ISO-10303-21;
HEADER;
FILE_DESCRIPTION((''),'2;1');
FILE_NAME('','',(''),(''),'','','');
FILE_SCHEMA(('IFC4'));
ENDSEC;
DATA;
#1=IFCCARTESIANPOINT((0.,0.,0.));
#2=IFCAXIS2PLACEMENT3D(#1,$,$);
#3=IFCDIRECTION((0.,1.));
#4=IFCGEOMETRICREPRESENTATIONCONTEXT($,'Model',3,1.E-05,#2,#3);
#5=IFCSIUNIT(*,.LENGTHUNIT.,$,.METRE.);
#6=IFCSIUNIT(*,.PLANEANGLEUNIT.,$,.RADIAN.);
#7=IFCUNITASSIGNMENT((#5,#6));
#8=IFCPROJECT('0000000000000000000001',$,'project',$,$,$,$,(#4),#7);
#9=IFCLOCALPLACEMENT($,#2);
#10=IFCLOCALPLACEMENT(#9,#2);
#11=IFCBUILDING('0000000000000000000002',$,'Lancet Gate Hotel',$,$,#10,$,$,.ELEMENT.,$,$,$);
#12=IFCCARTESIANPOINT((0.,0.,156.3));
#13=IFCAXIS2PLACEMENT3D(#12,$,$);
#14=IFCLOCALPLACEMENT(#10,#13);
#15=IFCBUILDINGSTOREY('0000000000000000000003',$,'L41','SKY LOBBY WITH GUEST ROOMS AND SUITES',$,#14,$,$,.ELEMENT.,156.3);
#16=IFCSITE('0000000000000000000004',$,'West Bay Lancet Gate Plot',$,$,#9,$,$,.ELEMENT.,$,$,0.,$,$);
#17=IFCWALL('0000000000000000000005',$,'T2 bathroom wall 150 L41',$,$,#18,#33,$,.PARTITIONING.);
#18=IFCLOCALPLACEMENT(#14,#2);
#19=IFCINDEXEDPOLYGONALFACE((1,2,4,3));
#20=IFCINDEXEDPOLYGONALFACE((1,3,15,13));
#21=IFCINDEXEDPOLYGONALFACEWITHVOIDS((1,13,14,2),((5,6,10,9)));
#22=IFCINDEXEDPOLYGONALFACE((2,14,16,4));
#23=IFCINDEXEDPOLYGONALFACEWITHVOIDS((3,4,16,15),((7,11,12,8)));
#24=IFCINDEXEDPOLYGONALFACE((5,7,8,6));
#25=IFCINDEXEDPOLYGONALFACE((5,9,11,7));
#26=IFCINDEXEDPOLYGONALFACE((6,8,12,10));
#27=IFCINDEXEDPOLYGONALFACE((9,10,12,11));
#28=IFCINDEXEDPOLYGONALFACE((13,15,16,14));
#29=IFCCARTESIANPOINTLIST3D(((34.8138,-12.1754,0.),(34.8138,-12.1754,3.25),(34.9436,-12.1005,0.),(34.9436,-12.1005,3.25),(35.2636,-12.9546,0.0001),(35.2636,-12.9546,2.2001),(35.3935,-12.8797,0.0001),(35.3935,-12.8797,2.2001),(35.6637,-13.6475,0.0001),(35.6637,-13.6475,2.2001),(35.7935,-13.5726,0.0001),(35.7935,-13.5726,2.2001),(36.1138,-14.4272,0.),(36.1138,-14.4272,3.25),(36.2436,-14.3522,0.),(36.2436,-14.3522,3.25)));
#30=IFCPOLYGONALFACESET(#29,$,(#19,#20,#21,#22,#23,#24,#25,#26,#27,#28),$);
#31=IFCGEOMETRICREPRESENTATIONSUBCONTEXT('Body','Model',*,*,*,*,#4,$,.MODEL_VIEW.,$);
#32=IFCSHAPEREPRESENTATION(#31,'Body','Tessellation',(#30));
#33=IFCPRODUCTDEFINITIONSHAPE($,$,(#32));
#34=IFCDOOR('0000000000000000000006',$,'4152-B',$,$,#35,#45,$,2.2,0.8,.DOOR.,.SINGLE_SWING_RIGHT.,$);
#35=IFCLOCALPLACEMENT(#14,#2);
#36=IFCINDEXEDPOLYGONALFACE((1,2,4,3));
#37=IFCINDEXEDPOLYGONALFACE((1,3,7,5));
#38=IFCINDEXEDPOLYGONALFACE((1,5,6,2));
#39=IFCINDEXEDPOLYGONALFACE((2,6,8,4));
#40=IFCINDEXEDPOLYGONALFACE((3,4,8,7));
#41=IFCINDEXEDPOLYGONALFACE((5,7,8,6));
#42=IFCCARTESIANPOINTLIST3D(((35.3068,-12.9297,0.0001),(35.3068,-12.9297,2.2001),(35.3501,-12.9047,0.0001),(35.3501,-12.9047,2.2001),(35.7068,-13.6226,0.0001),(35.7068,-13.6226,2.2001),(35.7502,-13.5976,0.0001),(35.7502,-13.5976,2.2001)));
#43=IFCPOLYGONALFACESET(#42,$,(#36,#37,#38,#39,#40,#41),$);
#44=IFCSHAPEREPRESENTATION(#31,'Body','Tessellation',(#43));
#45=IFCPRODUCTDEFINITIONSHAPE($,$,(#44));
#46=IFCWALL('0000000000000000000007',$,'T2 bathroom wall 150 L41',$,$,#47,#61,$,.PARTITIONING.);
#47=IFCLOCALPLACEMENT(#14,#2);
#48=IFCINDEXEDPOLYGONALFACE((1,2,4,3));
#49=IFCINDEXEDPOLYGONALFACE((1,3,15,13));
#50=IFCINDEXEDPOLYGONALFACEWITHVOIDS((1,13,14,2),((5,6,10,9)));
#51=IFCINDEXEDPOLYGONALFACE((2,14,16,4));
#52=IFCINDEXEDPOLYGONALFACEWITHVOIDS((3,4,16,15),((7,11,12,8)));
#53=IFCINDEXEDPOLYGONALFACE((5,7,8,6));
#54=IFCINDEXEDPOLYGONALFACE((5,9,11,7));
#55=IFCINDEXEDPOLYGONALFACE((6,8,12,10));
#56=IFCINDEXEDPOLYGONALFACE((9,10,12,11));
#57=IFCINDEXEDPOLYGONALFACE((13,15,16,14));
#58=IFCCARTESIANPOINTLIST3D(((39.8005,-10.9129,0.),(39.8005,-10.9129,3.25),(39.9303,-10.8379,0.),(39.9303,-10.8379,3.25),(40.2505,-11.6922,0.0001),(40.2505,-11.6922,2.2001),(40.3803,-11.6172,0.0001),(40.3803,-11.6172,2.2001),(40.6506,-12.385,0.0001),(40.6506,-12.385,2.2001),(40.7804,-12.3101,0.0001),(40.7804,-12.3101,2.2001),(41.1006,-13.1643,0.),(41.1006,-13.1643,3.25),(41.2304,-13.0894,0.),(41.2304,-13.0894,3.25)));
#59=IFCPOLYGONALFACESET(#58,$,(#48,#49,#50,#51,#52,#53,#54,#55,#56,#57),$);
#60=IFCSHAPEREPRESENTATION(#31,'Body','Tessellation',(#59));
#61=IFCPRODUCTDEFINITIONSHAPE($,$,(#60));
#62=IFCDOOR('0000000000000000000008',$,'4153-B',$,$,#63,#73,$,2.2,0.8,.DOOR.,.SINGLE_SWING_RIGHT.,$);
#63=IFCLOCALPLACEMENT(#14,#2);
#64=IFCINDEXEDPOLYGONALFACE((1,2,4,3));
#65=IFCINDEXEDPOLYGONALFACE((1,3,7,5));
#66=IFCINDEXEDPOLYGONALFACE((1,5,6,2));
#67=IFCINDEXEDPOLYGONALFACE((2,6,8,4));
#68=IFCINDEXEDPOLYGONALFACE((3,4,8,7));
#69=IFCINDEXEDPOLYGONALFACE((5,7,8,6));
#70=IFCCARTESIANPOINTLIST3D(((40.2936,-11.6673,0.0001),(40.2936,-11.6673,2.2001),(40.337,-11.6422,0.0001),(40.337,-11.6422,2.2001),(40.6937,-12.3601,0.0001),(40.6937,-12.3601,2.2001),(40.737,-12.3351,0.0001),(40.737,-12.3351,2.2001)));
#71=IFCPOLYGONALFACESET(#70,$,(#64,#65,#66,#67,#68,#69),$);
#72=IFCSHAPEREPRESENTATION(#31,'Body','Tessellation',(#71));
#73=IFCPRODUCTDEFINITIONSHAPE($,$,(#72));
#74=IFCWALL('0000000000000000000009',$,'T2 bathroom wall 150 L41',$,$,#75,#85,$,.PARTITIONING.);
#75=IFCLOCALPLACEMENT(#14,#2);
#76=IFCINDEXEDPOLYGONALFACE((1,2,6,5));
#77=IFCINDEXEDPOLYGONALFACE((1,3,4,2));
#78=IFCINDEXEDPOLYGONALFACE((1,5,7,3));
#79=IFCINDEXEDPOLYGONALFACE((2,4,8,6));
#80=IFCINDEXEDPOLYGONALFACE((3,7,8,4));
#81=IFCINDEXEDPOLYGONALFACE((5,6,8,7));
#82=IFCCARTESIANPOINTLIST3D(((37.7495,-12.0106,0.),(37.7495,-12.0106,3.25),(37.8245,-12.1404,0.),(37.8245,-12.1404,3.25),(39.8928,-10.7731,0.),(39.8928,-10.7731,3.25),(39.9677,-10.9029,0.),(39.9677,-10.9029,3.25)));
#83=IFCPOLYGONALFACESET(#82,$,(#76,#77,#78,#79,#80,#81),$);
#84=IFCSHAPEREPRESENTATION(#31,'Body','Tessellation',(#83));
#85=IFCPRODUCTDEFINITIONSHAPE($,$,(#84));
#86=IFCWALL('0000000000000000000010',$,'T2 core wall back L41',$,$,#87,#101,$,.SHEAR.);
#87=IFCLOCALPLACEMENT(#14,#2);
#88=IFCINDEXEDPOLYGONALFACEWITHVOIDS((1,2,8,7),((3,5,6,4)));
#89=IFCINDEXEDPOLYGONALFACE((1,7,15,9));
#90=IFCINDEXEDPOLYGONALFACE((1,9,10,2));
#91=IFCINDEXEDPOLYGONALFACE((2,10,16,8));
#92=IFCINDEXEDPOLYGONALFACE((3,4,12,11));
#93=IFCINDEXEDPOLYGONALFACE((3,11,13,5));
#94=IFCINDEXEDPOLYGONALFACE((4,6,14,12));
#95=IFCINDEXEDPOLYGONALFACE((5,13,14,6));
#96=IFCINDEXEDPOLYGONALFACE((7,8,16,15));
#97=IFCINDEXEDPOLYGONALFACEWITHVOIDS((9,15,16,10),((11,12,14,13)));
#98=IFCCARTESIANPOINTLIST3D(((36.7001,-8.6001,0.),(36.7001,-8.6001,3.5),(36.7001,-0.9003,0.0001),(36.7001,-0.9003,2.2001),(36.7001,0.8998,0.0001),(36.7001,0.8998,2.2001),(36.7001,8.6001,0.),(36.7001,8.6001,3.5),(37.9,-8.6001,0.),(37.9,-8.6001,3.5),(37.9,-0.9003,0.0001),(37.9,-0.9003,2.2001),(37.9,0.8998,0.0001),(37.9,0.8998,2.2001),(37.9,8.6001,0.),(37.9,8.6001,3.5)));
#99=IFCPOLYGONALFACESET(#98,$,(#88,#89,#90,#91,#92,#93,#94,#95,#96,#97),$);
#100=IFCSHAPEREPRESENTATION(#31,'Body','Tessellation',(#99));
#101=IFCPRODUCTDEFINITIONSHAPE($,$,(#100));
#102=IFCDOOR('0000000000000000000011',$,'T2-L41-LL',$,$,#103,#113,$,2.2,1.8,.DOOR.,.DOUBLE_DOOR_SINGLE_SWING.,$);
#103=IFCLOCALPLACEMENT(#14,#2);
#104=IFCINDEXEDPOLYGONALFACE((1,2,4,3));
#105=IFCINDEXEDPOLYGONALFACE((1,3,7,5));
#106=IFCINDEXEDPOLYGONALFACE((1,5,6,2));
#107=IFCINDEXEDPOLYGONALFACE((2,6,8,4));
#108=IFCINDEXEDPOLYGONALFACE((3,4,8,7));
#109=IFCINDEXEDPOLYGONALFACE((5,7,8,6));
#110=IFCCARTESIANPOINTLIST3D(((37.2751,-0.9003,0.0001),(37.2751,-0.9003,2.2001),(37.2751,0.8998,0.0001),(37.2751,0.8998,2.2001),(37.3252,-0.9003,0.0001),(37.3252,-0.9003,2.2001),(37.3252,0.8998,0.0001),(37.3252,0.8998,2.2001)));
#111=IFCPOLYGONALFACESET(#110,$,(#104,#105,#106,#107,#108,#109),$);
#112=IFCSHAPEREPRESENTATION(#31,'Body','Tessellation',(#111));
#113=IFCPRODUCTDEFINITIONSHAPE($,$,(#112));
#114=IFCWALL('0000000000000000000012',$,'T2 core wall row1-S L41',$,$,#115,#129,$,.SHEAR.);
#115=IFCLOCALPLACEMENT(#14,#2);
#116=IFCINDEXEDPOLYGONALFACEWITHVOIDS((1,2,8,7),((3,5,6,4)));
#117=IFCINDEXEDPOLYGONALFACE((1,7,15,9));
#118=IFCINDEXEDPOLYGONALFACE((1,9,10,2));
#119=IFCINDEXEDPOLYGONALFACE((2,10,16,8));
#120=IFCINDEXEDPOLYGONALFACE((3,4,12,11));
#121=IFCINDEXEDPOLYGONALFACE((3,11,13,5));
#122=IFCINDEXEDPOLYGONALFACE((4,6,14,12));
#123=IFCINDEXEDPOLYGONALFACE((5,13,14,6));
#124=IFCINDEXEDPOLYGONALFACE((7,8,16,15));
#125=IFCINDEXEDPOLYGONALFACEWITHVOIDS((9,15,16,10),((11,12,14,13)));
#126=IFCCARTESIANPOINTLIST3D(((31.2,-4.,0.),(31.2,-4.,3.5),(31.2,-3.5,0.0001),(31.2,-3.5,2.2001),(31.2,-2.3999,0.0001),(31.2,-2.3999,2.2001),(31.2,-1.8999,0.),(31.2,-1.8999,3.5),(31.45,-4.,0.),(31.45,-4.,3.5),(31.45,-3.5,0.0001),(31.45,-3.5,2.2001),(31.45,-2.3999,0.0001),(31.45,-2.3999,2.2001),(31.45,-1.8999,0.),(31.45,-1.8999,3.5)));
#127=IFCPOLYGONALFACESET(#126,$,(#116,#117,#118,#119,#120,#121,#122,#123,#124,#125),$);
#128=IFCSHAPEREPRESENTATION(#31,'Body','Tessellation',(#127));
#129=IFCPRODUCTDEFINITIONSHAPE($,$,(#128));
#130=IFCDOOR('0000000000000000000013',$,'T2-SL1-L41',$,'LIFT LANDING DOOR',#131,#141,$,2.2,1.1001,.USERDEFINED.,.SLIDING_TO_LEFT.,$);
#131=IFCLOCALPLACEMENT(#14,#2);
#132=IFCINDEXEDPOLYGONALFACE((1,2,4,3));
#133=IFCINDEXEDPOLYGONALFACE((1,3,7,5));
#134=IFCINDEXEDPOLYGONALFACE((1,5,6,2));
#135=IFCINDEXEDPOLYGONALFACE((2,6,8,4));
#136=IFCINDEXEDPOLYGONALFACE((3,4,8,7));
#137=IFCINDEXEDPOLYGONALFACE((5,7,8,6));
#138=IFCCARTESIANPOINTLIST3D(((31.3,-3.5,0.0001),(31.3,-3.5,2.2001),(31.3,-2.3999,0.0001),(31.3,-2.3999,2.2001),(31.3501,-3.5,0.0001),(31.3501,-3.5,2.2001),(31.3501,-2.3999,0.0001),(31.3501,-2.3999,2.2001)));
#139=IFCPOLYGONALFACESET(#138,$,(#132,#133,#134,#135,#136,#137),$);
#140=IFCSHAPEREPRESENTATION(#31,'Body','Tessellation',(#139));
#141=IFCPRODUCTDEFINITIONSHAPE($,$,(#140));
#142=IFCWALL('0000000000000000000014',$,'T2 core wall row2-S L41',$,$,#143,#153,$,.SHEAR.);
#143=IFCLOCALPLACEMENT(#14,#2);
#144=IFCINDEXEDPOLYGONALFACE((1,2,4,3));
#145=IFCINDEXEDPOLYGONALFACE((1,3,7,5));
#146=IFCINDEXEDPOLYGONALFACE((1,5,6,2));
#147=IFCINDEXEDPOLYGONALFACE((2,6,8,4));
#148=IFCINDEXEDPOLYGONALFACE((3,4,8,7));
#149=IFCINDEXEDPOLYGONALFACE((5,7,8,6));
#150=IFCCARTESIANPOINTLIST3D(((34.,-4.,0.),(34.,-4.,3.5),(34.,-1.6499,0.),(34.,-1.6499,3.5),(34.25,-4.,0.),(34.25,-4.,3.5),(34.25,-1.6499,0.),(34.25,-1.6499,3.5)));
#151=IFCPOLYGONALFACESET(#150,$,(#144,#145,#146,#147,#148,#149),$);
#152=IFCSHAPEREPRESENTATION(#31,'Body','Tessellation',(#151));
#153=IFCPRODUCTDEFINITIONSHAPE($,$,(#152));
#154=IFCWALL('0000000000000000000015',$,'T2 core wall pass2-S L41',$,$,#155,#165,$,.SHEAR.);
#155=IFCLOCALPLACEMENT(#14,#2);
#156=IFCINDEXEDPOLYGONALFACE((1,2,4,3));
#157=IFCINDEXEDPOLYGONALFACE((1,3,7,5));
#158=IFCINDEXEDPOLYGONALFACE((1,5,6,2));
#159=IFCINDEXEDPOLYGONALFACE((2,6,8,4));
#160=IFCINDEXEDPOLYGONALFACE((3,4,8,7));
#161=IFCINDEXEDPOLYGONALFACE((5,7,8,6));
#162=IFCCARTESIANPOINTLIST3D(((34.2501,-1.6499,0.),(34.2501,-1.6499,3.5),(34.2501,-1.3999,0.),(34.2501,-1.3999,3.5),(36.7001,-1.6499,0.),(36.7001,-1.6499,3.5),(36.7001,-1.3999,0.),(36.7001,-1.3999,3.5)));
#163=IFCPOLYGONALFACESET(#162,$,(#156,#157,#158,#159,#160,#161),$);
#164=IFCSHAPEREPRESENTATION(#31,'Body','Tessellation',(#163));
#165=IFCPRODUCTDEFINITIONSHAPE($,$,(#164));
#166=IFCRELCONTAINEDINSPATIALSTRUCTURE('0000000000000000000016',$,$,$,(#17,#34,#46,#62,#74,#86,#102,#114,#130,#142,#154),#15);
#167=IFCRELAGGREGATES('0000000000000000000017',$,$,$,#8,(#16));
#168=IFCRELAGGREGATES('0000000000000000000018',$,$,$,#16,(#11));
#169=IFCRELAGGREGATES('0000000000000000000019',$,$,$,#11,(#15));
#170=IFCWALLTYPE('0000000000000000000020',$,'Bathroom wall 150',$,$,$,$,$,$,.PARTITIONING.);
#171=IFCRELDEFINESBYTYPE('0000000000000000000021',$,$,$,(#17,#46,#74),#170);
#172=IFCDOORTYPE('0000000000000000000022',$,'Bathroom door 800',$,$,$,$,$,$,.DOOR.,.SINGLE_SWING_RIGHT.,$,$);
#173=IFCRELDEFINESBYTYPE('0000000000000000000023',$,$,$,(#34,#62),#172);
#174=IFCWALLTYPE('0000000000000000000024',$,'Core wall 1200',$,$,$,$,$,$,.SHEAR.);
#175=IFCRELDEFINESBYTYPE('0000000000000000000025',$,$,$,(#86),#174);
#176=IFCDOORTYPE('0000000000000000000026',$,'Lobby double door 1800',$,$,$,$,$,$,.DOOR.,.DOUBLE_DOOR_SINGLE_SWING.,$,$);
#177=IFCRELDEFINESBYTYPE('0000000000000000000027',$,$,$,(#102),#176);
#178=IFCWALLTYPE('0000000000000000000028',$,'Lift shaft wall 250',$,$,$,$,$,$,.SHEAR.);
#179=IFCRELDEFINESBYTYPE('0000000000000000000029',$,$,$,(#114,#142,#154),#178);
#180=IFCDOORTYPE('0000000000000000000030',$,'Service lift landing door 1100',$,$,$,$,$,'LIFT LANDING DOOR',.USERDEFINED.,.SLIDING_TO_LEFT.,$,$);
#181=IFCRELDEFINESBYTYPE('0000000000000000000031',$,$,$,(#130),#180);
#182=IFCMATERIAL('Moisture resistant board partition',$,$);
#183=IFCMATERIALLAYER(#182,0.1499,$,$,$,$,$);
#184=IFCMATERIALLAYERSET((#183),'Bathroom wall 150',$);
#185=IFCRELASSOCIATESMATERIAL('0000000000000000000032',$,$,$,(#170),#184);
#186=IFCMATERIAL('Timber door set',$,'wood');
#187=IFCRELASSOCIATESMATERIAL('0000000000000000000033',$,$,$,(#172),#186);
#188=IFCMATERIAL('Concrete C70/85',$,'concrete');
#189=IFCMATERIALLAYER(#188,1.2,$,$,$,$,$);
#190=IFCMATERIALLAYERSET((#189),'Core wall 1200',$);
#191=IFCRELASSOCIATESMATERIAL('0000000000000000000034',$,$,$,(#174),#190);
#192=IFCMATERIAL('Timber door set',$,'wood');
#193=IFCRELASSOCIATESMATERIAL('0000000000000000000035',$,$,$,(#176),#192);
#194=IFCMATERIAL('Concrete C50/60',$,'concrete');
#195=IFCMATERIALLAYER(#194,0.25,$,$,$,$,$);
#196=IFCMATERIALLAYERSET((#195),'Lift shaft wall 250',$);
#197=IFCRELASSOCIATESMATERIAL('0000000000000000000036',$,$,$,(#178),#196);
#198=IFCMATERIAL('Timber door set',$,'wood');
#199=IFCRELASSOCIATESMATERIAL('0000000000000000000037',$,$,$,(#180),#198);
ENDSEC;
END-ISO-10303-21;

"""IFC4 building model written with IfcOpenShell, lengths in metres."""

from ifc_helpers import new_model, si_unit, direction, frame, frame_2d, origin, place, context, subcontext, project, spatial, rectangle, extrude, material, layer, layer_set, type_object, element, fill, save


model = new_model("IFC4")

# Units and contexts
model_context = context("Model", 3, precision=1e-05, world=origin(), true_north=direction((0.0, 1.0)))
body_context = subcontext(model_context, "Body", "Model", "MODEL_VIEW")
ifc_project = project(units=[si_unit("LENGTHUNIT", "METRE"), si_unit("PLANEANGLEUNIT", "RADIAN")], contexts=[model_context])

# Site, building, storey
site_placement = place(None, origin())
site = spatial("IfcSite", under=ifc_project, at=site_placement, Name="West Bay Lancet Gate Plot", CompositionType="ELEMENT", RefElevation=0.0)
building_placement = place(site_placement, origin())
building = spatial("IfcBuilding", under=site, at=building_placement, Name="Lancet Gate Hotel", CompositionType="ELEMENT")
storey_placement = place(building_placement, frame((0.0, 0.0, 156.3)))
storey = spatial("IfcBuildingStorey", under=building, at=storey_placement, Name="L41", Description="SKY LOBBY WITH GUEST ROOMS AND SUITES", CompositionType="ELEMENT", Elevation=156.3)

# Walls, openings, doors
ifc_material_1 = material(Name="Moisture resistant board partition")
ifc_layer_1 = layer(ifc_material_1, 0.1499)
ifc_layer_set_1 = layer_set([ifc_layer_1], Name="Bathroom wall 150")
wall_type_1 = type_object("IfcWallType", Name="Bathroom wall 150", PredefinedType="PARTITIONING", material=ifc_layer_set_1)
wall_1_placement = place(storey_placement, frame((34.8787, -12.1379, 0.0), z_axis=(0.0, 0.0, 1.0), x_axis=(0.500007, -0.866021, 0.0)))
wall_1 = element("IfcWall", 1, at=wall_1_placement, inside=storey, type_object=wall_type_1, Name="T2 bathroom wall 150 L41", PredefinedType="PARTITIONING", context=body_context, shape_type="SweptSolid", body=[
    extrude(rectangle(XDim=2.6001, YDim=0.1499, at=frame_2d((1.3, 0.0))), origin(), (0.0, 0.0, 1.0), 3.25),
])
opening_1_placement = place(wall_1_placement, frame((0.8999, 0.0, 0.0)))
opening_1 = element("IfcOpeningElement", 2, at=opening_1_placement, cuts=wall_1, PredefinedType="OPENING", context=body_context, shape_type="SweptSolid", body=[
    extrude(rectangle(XDim=0.8, YDim=2.2, at=frame_2d((0.3999, 1.1001))), frame((0.0, 0.085, 0.0), z_axis=(0.0, -1.0, 0.0), x_axis=(1.0, 0.0, 0.0)), (0.0, 0.0, 1.0), 0.1699),
])
ifc_material_2 = material(Name="Timber door set", Category="wood")
door_type_1 = type_object("IfcDoorType", Name="Bathroom door 800", OperationType="SINGLE_SWING_RIGHT", PredefinedType="DOOR", material=ifc_material_2)
door_1_placement = place(opening_1_placement, origin())
door_1 = element("IfcDoor", 3, at=door_1_placement, inside=storey, type_object=door_type_1, Name="4152-B", OperationType="SINGLE_SWING_RIGHT", OverallHeight=2.2, OverallWidth=0.8, PredefinedType="DOOR", context=body_context, shape_type="SweptSolid", body=[
    extrude(rectangle(XDim=0.8, YDim=2.2, at=frame_2d((0.3999, 1.1001))), frame((0.0, 0.0249, 0.0), z_axis=(0.0, -1.0, 0.0), x_axis=(1.0, 0.0, 0.0)), (0.0, 0.0, 1.0), 0.05),
])
fill(opening_1, door_1)
wall_2_placement = place(storey_placement, frame((39.8655, -10.8755, 0.0), z_axis=(0.0, 0.0, 1.0), x_axis=(0.500048, -0.865998, 0.0)))
wall_2 = element("IfcWall", 4, at=wall_2_placement, inside=storey, type_object=wall_type_1, Name="T2 bathroom wall 150 L41", PredefinedType="PARTITIONING", context=body_context, shape_type="SweptSolid", body=[
    extrude(rectangle(XDim=2.5999, YDim=0.1499, at=frame_2d((1.2998, 0.0))), origin(), (0.0, 0.0, 1.0), 3.25),
])
opening_2_placement = place(wall_2_placement, frame((0.8999, 0.0, 0.0)))
opening_2 = element("IfcOpeningElement", 5, at=opening_2_placement, cuts=wall_2, PredefinedType="OPENING", context=body_context, shape_type="SweptSolid", body=[
    extrude(rectangle(XDim=0.8, YDim=2.2, at=frame_2d((0.3999, 1.1001))), frame((0.0, 0.085, 0.0), z_axis=(0.0, -1.0, 0.0), x_axis=(1.0, 0.0, 0.0)), (0.0, 0.0, 1.0), 0.1699),
])
door_2_placement = place(opening_2_placement, origin())
door_2 = element("IfcDoor", 6, at=door_2_placement, inside=storey, type_object=door_type_1, Name="4153-B", OperationType="SINGLE_SWING_RIGHT", OverallHeight=2.2, OverallWidth=0.8, PredefinedType="DOOR", context=body_context, shape_type="SweptSolid", body=[
    extrude(rectangle(XDim=0.8, YDim=2.2, at=frame_2d((0.3999, 1.1001))), frame((0.0, 0.0249, 0.0), z_axis=(0.0, -1.0, 0.0), x_axis=(1.0, 0.0, 0.0)), (0.0, 0.0, 1.0), 0.05),
])
fill(opening_2, door_2)

# Wall
wall_3_placement = place(storey_placement, frame((37.7871, -12.0754, 0.0), z_axis=(0.0, 0.0, 1.0), x_axis=(0.866007, 0.500033, 0.0)))
element("IfcWall", 7, at=wall_3_placement, inside=storey, type_object=wall_type_1, Name="T2 bathroom wall 150 L41", PredefinedType="PARTITIONING", context=body_context, shape_type="SweptSolid", body=[
    extrude(rectangle(XDim=2.4749, YDim=0.1499, at=frame_2d((1.2373, 0.0))), origin(), (0.0, 0.0, 1.0), 3.25),
])

# Walls, openings, doors
ifc_material_3 = material(Name="Concrete C70/85", Category="concrete")
ifc_layer_2 = layer(ifc_material_3, 1.2)
ifc_layer_set_2 = layer_set([ifc_layer_2], Name="Core wall 1200")
wall_type_2 = type_object("IfcWallType", Name="Core wall 1200", PredefinedType="SHEAR", material=ifc_layer_set_2)
wall_4_placement = place(storey_placement, frame((37.3, -8.6001, 0.0), z_axis=(0.0, 0.0, 1.0), x_axis=(0.0, 1.0, 0.0)))
wall_4 = element("IfcWall", 8, at=wall_4_placement, inside=storey, type_object=wall_type_2, Name="T2 core wall back L41", PredefinedType="SHEAR", context=body_context, shape_type="SweptSolid", body=[
    extrude(rectangle(XDim=17.2002, YDim=1.2, at=frame_2d((8.6001, 0.0))), origin(), (0.0, 0.0, 1.0), 3.5),
])
opening_3_placement = place(wall_4_placement, frame((7.7, 0.0, 0.0)))
opening_3 = element("IfcOpeningElement", 9, at=opening_3_placement, cuts=wall_4, PredefinedType="OPENING", context=body_context, shape_type="SweptSolid", body=[
    extrude(rectangle(XDim=1.8, YDim=2.2, at=frame_2d((0.8999, 1.1001))), frame((0.0, 0.6099, 0.0), z_axis=(0.0, -1.0, 0.0), x_axis=(1.0, 0.0, 0.0)), (0.0, 0.0, 1.0), 1.22),
])
ifc_material_4 = material(Name="Timber door set", Category="wood")
door_type_2 = type_object("IfcDoorType", Name="Lobby double door 1800", OperationType="DOUBLE_DOOR_SINGLE_SWING", PredefinedType="DOOR", material=ifc_material_4)
door_3_placement = place(opening_3_placement, origin())
door_3 = element("IfcDoor", 10, at=door_3_placement, inside=storey, type_object=door_type_2, Name="T2-L41-LL", OperationType="DOUBLE_DOOR_SINGLE_SWING", OverallHeight=2.2, OverallWidth=1.8, PredefinedType="DOOR", context=body_context, shape_type="SweptSolid", body=[
    extrude(rectangle(XDim=1.8, YDim=2.2, at=frame_2d((0.8999, 1.1001))), frame((0.0, 0.0249, 0.0), z_axis=(0.0, -1.0, 0.0), x_axis=(1.0, 0.0, 0.0)), (0.0, 0.0, 1.0), 0.05),
])
fill(opening_3, door_3)
ifc_material_5 = material(Name="Concrete C50/60", Category="concrete")
ifc_layer_3 = layer(ifc_material_5, 0.25)
ifc_layer_set_3 = layer_set([ifc_layer_3], Name="Lift shaft wall 250")
wall_type_3 = type_object("IfcWallType", Name="Lift shaft wall 250", PredefinedType="SHEAR", material=ifc_layer_set_3)
wall_5_placement = place(storey_placement, frame((31.325, -4.0, 0.0), z_axis=(0.0, 0.0, 1.0), x_axis=(0.0, 1.0, 0.0)))
wall_5 = element("IfcWall", 11, at=wall_5_placement, inside=storey, type_object=wall_type_3, Name="T2 core wall row1-S L41", PredefinedType="SHEAR", context=body_context, shape_type="SweptSolid", body=[
    extrude(rectangle(XDim=2.1001, YDim=0.25, at=frame_2d((1.05, 0.0))), origin(), (0.0, 0.0, 1.0), 3.5),
])
opening_4_placement = place(wall_5_placement, frame((0.5, 0.0, 0.0)))
opening_4 = element("IfcOpeningElement", 12, at=opening_4_placement, cuts=wall_5, PredefinedType="OPENING", context=body_context, shape_type="SweptSolid", body=[
    extrude(rectangle(XDim=1.1001, YDim=2.2, at=frame_2d((0.55, 1.1001))), frame((0.0, 0.135, 0.0), z_axis=(0.0, -1.0, 0.0), x_axis=(1.0, 0.0, 0.0)), (0.0, 0.0, 1.0), 0.27),
])
ifc_material_6 = material(Name="Timber door set", Category="wood")
door_type_3 = type_object("IfcDoorType", Name="Service lift landing door 1100", ElementType="LIFT LANDING DOOR", OperationType="SLIDING_TO_LEFT", PredefinedType="USERDEFINED", material=ifc_material_6)
door_4_placement = place(opening_4_placement, origin())
door_4 = element("IfcDoor", 13, at=door_4_placement, inside=storey, type_object=door_type_3, Name="T2-SL1-L41", ObjectType="LIFT LANDING DOOR", OperationType="SLIDING_TO_LEFT", OverallHeight=2.2, OverallWidth=1.1001, PredefinedType="USERDEFINED", context=body_context, shape_type="SweptSolid", body=[
    extrude(rectangle(XDim=1.1001, YDim=2.2, at=frame_2d((0.55, 1.1001))), frame((0.0, 0.0249, 0.0), z_axis=(0.0, -1.0, 0.0), x_axis=(1.0, 0.0, 0.0)), (0.0, 0.0, 1.0), 0.05),
])
fill(opening_4, door_4)

# Walls
wall_6_placement = place(storey_placement, frame((34.125, -4.0, 0.0), z_axis=(0.0, 0.0, 1.0), x_axis=(0.0, 1.0, 0.0)))
element("IfcWall", 14, at=wall_6_placement, inside=storey, type_object=wall_type_3, Name="T2 core wall row2-S L41", PredefinedType="SHEAR", context=body_context, shape_type="SweptSolid", body=[
    extrude(rectangle(XDim=2.3501, YDim=0.25, at=frame_2d((1.175, 0.0))), origin(), (0.0, 0.0, 1.0), 3.5),
])
wall_7_placement = place(storey_placement, frame((34.25, -1.5249, 0.0), z_axis=(0.0, 0.0, 1.0), x_axis=(1.0, 0.0, 0.0)))
element("IfcWall", 15, at=wall_7_placement, inside=storey, type_object=wall_type_3, Name="T2 core wall pass2-S L41", PredefinedType="SHEAR", context=body_context, shape_type="SweptSolid", body=[
    extrude(rectangle(XDim=2.45, YDim=0.25, at=frame_2d((1.2251, 0.0))), origin(), (0.0, 0.0, 1.0), 3.5),
])

save(model, "model.ifc")
